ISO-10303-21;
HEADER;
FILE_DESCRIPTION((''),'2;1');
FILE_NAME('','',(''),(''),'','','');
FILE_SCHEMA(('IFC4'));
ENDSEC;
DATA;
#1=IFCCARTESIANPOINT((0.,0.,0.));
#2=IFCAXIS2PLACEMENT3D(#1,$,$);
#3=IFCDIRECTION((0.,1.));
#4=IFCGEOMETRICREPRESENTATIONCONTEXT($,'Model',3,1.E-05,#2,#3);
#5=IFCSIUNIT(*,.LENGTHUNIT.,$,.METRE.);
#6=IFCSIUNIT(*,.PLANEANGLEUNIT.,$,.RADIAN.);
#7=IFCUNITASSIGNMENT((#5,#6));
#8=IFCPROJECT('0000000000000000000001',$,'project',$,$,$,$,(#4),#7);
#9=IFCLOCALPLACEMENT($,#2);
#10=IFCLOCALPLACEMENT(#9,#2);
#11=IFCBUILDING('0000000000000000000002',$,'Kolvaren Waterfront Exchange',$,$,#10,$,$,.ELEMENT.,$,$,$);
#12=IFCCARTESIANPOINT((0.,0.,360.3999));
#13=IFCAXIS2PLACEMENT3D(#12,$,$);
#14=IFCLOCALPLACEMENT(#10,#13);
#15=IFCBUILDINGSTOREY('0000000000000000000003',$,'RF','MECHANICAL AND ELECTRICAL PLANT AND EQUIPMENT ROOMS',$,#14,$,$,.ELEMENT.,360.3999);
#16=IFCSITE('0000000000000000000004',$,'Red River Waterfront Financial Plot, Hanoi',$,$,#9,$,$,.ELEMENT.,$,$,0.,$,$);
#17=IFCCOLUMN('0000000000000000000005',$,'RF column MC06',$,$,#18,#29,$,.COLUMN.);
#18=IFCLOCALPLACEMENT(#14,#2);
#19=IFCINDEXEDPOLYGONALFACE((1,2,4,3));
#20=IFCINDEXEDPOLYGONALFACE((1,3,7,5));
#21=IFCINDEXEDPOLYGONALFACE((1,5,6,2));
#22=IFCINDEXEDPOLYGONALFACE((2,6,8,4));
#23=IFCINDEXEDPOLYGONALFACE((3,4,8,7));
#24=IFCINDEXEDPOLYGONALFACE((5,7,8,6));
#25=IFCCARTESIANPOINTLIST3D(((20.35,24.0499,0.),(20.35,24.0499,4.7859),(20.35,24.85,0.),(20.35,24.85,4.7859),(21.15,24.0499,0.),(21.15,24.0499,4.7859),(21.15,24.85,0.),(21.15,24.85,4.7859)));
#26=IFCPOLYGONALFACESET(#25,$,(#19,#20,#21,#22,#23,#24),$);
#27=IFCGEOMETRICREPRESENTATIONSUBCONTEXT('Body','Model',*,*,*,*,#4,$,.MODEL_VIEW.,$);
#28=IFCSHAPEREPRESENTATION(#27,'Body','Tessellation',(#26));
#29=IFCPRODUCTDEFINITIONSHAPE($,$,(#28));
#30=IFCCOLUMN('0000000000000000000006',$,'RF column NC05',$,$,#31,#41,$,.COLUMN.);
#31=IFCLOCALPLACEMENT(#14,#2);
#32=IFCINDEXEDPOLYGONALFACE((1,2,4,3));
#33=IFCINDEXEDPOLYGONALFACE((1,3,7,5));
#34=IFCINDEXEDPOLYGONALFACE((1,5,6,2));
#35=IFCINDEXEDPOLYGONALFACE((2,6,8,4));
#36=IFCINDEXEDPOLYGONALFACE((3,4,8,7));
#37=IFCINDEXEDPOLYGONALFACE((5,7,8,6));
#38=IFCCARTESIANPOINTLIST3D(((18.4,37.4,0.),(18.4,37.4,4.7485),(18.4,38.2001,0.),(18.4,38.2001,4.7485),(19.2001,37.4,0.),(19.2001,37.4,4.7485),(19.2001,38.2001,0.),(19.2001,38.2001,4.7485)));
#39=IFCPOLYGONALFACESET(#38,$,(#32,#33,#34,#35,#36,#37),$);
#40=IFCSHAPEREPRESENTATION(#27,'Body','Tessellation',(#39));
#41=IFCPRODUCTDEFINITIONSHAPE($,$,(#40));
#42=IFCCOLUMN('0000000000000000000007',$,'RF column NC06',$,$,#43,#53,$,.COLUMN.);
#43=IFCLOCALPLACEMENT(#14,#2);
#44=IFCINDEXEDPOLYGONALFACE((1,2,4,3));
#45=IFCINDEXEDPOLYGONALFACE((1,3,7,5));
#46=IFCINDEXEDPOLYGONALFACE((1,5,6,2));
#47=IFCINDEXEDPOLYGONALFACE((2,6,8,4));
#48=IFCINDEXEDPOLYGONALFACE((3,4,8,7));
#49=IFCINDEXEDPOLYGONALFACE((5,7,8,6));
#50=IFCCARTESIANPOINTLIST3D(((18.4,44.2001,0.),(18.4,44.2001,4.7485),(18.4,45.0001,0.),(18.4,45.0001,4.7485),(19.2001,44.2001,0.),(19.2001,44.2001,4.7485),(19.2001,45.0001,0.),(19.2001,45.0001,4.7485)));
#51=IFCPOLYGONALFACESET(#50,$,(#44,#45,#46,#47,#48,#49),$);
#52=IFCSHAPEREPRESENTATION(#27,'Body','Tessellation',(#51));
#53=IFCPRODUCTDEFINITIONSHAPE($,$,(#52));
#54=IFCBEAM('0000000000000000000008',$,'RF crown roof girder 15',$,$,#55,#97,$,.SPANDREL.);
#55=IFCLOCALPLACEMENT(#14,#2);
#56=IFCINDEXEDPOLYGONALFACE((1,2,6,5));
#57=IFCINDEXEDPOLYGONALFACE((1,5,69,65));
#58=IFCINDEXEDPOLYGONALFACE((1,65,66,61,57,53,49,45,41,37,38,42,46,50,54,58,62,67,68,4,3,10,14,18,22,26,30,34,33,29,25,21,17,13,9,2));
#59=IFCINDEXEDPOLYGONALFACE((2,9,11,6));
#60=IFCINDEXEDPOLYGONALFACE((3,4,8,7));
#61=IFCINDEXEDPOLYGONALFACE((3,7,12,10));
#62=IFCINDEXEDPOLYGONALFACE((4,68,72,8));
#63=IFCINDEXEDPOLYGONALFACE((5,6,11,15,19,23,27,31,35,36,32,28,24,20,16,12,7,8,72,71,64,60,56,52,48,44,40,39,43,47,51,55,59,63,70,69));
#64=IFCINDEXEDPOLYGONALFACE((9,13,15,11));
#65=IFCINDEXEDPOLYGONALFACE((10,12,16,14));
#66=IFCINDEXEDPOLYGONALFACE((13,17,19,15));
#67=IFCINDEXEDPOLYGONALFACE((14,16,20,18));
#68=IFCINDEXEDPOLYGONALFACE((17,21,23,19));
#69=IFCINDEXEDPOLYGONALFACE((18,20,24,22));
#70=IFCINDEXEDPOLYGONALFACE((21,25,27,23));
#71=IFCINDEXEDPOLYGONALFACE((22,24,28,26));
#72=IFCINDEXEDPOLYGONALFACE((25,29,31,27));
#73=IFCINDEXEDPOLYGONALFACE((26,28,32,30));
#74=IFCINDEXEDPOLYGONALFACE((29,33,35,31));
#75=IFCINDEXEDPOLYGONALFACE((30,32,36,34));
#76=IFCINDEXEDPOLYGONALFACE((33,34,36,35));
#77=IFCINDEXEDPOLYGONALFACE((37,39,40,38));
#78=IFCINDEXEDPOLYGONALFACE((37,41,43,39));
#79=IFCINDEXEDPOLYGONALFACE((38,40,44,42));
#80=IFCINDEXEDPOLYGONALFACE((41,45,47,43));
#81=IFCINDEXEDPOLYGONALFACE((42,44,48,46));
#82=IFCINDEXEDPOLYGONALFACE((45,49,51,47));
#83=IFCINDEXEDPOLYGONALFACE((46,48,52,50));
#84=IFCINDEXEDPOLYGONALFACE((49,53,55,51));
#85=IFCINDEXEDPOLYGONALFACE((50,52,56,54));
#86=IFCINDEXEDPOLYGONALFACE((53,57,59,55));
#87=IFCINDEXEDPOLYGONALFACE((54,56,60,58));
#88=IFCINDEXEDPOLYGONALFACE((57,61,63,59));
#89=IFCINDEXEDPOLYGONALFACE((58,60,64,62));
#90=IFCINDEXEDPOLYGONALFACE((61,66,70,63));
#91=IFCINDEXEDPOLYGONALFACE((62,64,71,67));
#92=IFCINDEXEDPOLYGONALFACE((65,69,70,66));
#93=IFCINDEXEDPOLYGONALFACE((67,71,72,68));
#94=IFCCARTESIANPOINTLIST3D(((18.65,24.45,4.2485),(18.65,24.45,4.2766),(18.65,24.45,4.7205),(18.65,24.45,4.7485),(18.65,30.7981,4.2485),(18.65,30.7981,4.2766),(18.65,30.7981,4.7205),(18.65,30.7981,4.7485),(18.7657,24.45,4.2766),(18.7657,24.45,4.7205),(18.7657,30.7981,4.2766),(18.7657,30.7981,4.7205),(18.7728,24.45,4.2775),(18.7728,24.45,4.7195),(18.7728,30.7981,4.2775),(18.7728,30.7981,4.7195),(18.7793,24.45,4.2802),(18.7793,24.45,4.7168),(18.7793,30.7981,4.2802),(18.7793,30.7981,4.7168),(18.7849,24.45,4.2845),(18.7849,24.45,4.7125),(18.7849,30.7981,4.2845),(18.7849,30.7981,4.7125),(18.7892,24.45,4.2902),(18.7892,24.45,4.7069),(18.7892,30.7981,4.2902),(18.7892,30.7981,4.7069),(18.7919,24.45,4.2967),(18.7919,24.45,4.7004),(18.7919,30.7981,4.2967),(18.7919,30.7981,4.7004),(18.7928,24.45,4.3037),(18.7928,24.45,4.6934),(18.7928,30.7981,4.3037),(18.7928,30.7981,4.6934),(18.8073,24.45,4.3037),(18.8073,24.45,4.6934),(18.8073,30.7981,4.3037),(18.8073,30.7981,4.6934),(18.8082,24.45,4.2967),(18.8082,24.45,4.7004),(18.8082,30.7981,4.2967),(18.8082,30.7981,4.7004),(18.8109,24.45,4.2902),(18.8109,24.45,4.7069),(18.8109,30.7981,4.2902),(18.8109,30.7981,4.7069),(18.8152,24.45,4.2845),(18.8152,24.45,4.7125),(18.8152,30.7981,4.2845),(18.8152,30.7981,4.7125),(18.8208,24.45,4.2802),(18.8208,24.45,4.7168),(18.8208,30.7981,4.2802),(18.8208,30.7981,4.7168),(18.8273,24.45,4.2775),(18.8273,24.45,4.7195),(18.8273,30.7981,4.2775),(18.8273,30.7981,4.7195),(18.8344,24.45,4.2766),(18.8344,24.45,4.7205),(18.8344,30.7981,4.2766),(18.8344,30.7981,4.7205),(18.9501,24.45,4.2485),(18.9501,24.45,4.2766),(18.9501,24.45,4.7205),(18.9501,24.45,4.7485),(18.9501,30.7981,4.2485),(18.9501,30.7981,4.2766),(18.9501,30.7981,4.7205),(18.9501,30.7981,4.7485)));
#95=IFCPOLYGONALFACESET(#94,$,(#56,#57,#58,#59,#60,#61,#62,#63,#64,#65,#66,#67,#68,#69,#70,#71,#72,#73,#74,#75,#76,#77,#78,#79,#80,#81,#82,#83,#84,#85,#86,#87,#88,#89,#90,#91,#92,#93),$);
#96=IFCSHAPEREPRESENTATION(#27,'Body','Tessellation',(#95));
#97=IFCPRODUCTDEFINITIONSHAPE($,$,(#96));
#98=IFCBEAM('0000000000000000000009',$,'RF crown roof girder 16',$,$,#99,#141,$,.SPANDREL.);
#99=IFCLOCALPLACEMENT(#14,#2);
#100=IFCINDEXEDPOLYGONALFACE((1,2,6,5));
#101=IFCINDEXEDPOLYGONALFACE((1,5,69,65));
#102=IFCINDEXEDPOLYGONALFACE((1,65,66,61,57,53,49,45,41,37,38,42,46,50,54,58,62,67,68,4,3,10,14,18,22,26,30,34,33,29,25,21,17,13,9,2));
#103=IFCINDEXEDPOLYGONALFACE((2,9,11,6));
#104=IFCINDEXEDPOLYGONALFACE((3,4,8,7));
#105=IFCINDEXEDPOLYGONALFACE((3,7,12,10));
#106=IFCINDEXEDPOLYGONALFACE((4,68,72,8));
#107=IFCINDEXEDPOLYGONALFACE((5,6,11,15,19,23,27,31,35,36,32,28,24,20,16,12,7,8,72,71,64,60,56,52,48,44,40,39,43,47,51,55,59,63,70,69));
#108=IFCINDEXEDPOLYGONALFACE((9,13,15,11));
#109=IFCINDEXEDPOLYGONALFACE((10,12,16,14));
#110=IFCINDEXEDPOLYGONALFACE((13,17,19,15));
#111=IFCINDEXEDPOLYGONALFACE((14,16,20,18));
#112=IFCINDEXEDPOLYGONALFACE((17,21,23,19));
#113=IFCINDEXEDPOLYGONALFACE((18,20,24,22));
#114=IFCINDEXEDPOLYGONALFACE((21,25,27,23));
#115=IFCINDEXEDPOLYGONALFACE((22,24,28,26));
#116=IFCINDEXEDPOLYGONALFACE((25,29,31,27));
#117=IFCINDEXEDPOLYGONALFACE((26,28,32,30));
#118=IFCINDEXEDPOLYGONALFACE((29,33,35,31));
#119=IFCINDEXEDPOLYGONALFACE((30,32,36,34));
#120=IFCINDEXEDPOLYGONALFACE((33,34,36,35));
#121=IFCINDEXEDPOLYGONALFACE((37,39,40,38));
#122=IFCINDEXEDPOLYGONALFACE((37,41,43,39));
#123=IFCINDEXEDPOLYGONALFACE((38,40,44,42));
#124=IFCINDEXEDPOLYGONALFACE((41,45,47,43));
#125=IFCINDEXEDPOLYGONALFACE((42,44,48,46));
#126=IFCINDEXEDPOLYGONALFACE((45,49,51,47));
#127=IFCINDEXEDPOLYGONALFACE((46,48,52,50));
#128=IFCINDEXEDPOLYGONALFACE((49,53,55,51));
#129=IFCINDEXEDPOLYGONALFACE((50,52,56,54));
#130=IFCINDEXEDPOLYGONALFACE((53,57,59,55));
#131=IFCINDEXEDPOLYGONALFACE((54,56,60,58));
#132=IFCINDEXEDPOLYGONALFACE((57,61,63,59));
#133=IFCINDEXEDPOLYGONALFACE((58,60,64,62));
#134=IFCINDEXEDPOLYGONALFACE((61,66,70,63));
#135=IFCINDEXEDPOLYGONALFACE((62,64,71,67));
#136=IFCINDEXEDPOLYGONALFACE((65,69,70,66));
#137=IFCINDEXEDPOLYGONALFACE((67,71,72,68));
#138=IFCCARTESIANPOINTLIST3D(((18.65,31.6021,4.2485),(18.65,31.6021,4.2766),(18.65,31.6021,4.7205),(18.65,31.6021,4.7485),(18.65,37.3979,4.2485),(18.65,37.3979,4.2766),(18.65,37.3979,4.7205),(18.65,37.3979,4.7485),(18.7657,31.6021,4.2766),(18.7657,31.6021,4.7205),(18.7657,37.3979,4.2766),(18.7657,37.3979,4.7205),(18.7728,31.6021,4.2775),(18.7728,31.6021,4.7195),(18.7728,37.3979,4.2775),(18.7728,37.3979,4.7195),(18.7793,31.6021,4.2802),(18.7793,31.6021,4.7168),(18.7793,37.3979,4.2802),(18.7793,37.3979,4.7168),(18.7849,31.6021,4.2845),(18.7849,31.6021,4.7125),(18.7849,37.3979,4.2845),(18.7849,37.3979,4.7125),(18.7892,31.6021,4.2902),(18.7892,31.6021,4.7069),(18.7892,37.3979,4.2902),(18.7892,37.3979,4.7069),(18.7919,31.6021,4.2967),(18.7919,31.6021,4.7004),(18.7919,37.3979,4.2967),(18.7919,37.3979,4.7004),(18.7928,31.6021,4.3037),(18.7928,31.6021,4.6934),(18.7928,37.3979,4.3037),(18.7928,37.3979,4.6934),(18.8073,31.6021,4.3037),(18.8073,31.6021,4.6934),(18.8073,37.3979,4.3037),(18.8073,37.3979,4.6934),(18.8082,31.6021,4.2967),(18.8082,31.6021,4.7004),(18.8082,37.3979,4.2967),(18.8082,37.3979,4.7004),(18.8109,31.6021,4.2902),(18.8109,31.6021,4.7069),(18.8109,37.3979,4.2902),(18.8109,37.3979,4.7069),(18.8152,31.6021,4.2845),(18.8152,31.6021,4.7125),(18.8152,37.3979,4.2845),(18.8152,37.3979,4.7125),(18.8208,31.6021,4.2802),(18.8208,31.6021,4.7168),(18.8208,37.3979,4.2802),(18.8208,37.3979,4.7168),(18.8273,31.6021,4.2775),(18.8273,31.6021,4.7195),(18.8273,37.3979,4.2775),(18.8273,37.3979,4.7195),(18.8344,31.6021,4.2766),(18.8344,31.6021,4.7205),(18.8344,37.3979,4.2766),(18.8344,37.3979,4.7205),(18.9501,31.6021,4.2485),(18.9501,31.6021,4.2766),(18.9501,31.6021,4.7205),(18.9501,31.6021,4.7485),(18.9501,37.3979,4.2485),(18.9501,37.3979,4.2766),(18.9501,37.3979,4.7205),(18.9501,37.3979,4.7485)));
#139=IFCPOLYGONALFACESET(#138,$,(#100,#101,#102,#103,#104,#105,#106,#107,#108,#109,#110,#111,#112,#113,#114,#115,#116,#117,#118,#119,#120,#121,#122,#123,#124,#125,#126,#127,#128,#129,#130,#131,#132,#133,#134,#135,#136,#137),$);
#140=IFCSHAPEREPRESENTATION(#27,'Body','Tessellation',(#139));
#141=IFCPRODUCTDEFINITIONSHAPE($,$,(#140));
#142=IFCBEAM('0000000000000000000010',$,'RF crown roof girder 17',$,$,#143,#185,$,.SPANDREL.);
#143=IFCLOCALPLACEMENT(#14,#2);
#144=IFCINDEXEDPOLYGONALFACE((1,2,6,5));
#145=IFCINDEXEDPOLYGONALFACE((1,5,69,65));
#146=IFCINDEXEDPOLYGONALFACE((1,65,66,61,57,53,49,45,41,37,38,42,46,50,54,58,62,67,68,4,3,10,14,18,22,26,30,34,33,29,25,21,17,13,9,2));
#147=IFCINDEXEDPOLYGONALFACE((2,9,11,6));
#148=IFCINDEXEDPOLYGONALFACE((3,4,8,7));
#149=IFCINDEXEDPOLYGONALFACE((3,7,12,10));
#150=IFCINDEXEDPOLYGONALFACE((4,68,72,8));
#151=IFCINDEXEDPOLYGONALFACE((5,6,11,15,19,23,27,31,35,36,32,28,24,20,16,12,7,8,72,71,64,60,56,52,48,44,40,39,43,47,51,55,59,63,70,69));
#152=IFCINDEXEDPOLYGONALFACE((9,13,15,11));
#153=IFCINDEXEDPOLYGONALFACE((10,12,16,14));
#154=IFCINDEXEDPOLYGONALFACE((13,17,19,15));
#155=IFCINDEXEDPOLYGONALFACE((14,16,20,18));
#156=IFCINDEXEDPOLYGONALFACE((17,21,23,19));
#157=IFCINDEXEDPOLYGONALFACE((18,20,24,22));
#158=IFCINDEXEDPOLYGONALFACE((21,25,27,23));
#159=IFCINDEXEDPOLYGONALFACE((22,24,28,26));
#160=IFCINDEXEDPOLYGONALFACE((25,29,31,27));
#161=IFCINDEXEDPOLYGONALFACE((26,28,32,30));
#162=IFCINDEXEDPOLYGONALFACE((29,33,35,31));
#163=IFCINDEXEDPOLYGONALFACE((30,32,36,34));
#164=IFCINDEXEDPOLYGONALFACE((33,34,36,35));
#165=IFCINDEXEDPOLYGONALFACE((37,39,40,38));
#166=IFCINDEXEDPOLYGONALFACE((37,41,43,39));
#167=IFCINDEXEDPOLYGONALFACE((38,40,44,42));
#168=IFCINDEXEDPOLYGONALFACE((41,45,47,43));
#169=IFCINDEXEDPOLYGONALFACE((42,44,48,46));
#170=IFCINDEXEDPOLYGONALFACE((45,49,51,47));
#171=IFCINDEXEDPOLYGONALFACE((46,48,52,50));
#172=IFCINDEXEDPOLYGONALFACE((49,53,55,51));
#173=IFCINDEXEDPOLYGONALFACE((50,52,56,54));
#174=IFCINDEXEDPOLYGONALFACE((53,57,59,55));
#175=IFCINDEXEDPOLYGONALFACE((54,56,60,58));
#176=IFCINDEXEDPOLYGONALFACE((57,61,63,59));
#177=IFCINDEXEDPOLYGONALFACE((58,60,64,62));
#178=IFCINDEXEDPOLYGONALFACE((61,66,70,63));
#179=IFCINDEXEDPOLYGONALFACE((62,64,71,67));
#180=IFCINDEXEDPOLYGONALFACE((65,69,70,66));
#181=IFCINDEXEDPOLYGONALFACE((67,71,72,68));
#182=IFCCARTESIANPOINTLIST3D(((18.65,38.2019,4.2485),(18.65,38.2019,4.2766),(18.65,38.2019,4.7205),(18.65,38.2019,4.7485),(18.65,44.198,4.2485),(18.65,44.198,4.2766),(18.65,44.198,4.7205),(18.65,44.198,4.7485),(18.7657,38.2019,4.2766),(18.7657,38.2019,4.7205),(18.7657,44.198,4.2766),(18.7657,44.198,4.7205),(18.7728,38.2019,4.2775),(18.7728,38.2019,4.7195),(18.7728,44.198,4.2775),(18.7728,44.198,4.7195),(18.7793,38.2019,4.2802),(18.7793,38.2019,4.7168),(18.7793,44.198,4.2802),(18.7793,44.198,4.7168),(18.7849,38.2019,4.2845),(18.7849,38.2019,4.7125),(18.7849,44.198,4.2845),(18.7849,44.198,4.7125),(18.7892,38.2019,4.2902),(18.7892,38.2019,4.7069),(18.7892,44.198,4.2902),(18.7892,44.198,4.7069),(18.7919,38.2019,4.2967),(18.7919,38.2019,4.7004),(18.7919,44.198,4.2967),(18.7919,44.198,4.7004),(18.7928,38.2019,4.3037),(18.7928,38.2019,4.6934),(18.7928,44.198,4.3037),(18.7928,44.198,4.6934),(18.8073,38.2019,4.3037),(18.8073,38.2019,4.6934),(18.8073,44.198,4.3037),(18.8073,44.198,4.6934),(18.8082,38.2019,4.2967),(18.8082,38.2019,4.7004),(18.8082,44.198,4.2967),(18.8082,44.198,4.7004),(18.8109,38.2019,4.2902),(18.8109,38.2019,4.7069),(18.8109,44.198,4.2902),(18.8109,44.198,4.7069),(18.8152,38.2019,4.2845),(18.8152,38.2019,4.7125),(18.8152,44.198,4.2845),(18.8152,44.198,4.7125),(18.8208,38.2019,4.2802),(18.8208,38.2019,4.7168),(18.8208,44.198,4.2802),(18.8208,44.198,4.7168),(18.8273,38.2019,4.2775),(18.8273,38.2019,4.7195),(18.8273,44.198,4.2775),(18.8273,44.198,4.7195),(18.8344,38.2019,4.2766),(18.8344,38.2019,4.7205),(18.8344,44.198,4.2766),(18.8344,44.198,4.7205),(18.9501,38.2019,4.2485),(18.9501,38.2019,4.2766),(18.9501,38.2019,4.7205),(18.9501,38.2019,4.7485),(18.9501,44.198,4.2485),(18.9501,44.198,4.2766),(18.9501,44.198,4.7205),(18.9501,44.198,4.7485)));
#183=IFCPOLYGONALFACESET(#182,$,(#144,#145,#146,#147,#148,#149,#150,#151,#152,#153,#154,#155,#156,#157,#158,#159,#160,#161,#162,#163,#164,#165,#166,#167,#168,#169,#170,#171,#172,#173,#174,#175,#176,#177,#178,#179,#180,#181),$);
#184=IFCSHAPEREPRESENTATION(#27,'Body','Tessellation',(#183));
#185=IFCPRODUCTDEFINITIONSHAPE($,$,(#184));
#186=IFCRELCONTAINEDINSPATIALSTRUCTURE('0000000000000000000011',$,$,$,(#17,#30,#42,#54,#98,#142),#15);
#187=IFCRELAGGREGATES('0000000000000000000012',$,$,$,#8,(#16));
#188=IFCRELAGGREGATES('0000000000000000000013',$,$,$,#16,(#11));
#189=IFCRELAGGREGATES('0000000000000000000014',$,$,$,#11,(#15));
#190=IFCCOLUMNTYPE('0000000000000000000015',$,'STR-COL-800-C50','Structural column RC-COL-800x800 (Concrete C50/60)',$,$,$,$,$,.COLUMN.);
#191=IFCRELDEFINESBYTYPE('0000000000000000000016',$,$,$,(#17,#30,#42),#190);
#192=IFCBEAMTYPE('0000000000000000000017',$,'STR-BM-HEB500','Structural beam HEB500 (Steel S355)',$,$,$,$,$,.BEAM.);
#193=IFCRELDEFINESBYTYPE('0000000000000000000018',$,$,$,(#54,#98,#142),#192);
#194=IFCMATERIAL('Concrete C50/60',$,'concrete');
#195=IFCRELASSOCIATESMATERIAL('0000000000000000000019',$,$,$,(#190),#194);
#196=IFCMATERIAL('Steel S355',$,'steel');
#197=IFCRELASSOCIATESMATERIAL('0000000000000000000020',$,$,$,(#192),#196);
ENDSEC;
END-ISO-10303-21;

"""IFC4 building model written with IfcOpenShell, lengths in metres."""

from ifc_helpers import new_model, si_unit, direction, frame, origin, origin_2d, place, context, subcontext, project, spatial, rectangle, i_section, extrude, material, material_profile, profile_set, type_object, element, save


model = new_model("IFC4")

# Units and contexts
model_context = context("Model", 3, precision=1e-05, world=origin(), true_north=direction((0.0, 1.0)))
body_context = subcontext(model_context, "Body", "Model", "MODEL_VIEW")
ifc_project = project(units=[si_unit("LENGTHUNIT", "METRE"), si_unit("PLANEANGLEUNIT", "RADIAN")], contexts=[model_context])

# Site, building, storey
site_placement = place(None, origin())
site = spatial("IfcSite", under=ifc_project, at=site_placement, Name="Red River Waterfront Financial Plot, Hanoi", CompositionType="ELEMENT", RefElevation=0.0)
building_placement = place(site_placement, origin())
building = spatial("IfcBuilding", under=site, at=building_placement, Name="Kolvaren Waterfront Exchange", CompositionType="ELEMENT")
storey_placement = place(building_placement, frame((0.0, 0.0, 360.3999)))
storey = spatial("IfcBuildingStorey", under=building, at=storey_placement, Name="RF", Description="MECHANICAL AND ELECTRICAL PLANT AND EQUIPMENT ROOMS", CompositionType="ELEMENT", Elevation=360.3999)

# Columns
ifc_material_1 = material(Name="Concrete C50/60", Category="concrete")
ifc_material_profile_1 = material_profile(ifc_material_1, rectangle(XDim=0.8, YDim=0.8, at=origin_2d()), Name="RC-COL-800x800")
ifc_profile_set_1 = profile_set([ifc_material_profile_1], Name="Concrete C50/60")
column_type = type_object("IfcColumnType", Name="STR-COL-800-C50", Description="Structural column RC-COL-800x800 (Concrete C50/60)", PredefinedType="COLUMN", material=ifc_profile_set_1)
column_placement = place(storey_placement, frame((20.75, 24.45, 0.0), z_axis=(0.0, 0.0, 1.0), x_axis=(1.0, 0.0, 0.0)))
element("IfcColumn", 1, at=column_placement, inside=storey, type_object=column_type, Name="RF column MC06", PredefinedType="COLUMN", context=body_context, shape_type="SweptSolid", body=[
    extrude(rectangle(XDim=0.8, YDim=0.8, at=origin_2d()), origin(), (0.0, 0.0, 1.0), 4.7859),
])
for number, where, z_axis, x_axis, name in (
    (2, (18.8, 37.8, 0.0), (0.0, 0.0, 1.0), (1.0, 0.0, 0.0), "RF column NC05"),
    (3, (18.8, 44.6001, 0.0), (0.0, 0.0, 1.0), (1.0, 0.0, 0.0), "RF column NC06"),
):
    element("IfcColumn", number, at=place(storey_placement, frame(where, z_axis=z_axis, x_axis=x_axis)), inside=storey, type_object=column_type, Name=name, PredefinedType="COLUMN", context=body_context, shape_type="SweptSolid", body=[
        extrude(rectangle(XDim=0.8, YDim=0.8, at=origin_2d()), origin(), (0.0, 0.0, 1.0), 4.7485),
    ])

# Beams
ifc_material_2 = material(Name="Steel S355", Category="steel")
ifc_material_profile_2 = material_profile(ifc_material_2, i_section(OverallWidth=0.3, OverallDepth=0.5, WebThickness=0.0144, FlangeThickness=0.0281, FilletRadius=0.0271, at=origin_2d()), Name="HEB500")
ifc_profile_set_2 = profile_set([ifc_material_profile_2], Name="Steel S355")
beam_type = type_object("IfcBeamType", Name="STR-BM-HEB500", Description="Structural beam HEB500 (Steel S355)", PredefinedType="BEAM", material=ifc_profile_set_2)
beam_1_placement = place(storey_placement, frame((18.8, 24.45, 4.4985), z_axis=(0.0, 1.0, 0.0), x_axis=(-1.0, 0.0, 0.0)))
element("IfcBeam", 4, at=beam_1_placement, inside=storey, type_object=beam_type, Name="RF crown roof girder 15", PredefinedType="SPANDREL", context=body_context, shape_type="SweptSolid", body=[
    extrude(i_section(OverallWidth=0.3, OverallDepth=0.5, WebThickness=0.0144, FlangeThickness=0.0281, FilletRadius=0.0271, at=origin_2d()), origin(), (0.0, 0.0, 1.0), 6.3481),
])
beam_2_placement = place(storey_placement, frame((18.8, 31.6021, 4.4985), z_axis=(0.0, 1.0, 0.0), x_axis=(-1.0, 0.0, 0.0)))
element("IfcBeam", 5, at=beam_2_placement, inside=storey, type_object=beam_type, Name="RF crown roof girder 16", PredefinedType="SPANDREL", context=body_context, shape_type="SweptSolid", body=[
    extrude(i_section(OverallWidth=0.3, OverallDepth=0.5, WebThickness=0.0144, FlangeThickness=0.0281, FilletRadius=0.0271, at=origin_2d()), origin(), (0.0, 0.0, 1.0), 5.7959),
])
beam_3_placement = place(storey_placement, frame((18.8, 38.2019, 4.4985), z_axis=(0.0, 1.0, 0.0), x_axis=(-1.0, 0.0, 0.0)))
element("IfcBeam", 6, at=beam_3_placement, inside=storey, type_object=beam_type, Name="RF crown roof girder 17", PredefinedType="SPANDREL", context=body_context, shape_type="SweptSolid", body=[
    extrude(i_section(OverallWidth=0.3, OverallDepth=0.5, WebThickness=0.0144, FlangeThickness=0.0281, FilletRadius=0.0271, at=origin_2d()), origin(), (0.0, 0.0, 1.0), 5.9961),
])

save(model, "model.ifc")
